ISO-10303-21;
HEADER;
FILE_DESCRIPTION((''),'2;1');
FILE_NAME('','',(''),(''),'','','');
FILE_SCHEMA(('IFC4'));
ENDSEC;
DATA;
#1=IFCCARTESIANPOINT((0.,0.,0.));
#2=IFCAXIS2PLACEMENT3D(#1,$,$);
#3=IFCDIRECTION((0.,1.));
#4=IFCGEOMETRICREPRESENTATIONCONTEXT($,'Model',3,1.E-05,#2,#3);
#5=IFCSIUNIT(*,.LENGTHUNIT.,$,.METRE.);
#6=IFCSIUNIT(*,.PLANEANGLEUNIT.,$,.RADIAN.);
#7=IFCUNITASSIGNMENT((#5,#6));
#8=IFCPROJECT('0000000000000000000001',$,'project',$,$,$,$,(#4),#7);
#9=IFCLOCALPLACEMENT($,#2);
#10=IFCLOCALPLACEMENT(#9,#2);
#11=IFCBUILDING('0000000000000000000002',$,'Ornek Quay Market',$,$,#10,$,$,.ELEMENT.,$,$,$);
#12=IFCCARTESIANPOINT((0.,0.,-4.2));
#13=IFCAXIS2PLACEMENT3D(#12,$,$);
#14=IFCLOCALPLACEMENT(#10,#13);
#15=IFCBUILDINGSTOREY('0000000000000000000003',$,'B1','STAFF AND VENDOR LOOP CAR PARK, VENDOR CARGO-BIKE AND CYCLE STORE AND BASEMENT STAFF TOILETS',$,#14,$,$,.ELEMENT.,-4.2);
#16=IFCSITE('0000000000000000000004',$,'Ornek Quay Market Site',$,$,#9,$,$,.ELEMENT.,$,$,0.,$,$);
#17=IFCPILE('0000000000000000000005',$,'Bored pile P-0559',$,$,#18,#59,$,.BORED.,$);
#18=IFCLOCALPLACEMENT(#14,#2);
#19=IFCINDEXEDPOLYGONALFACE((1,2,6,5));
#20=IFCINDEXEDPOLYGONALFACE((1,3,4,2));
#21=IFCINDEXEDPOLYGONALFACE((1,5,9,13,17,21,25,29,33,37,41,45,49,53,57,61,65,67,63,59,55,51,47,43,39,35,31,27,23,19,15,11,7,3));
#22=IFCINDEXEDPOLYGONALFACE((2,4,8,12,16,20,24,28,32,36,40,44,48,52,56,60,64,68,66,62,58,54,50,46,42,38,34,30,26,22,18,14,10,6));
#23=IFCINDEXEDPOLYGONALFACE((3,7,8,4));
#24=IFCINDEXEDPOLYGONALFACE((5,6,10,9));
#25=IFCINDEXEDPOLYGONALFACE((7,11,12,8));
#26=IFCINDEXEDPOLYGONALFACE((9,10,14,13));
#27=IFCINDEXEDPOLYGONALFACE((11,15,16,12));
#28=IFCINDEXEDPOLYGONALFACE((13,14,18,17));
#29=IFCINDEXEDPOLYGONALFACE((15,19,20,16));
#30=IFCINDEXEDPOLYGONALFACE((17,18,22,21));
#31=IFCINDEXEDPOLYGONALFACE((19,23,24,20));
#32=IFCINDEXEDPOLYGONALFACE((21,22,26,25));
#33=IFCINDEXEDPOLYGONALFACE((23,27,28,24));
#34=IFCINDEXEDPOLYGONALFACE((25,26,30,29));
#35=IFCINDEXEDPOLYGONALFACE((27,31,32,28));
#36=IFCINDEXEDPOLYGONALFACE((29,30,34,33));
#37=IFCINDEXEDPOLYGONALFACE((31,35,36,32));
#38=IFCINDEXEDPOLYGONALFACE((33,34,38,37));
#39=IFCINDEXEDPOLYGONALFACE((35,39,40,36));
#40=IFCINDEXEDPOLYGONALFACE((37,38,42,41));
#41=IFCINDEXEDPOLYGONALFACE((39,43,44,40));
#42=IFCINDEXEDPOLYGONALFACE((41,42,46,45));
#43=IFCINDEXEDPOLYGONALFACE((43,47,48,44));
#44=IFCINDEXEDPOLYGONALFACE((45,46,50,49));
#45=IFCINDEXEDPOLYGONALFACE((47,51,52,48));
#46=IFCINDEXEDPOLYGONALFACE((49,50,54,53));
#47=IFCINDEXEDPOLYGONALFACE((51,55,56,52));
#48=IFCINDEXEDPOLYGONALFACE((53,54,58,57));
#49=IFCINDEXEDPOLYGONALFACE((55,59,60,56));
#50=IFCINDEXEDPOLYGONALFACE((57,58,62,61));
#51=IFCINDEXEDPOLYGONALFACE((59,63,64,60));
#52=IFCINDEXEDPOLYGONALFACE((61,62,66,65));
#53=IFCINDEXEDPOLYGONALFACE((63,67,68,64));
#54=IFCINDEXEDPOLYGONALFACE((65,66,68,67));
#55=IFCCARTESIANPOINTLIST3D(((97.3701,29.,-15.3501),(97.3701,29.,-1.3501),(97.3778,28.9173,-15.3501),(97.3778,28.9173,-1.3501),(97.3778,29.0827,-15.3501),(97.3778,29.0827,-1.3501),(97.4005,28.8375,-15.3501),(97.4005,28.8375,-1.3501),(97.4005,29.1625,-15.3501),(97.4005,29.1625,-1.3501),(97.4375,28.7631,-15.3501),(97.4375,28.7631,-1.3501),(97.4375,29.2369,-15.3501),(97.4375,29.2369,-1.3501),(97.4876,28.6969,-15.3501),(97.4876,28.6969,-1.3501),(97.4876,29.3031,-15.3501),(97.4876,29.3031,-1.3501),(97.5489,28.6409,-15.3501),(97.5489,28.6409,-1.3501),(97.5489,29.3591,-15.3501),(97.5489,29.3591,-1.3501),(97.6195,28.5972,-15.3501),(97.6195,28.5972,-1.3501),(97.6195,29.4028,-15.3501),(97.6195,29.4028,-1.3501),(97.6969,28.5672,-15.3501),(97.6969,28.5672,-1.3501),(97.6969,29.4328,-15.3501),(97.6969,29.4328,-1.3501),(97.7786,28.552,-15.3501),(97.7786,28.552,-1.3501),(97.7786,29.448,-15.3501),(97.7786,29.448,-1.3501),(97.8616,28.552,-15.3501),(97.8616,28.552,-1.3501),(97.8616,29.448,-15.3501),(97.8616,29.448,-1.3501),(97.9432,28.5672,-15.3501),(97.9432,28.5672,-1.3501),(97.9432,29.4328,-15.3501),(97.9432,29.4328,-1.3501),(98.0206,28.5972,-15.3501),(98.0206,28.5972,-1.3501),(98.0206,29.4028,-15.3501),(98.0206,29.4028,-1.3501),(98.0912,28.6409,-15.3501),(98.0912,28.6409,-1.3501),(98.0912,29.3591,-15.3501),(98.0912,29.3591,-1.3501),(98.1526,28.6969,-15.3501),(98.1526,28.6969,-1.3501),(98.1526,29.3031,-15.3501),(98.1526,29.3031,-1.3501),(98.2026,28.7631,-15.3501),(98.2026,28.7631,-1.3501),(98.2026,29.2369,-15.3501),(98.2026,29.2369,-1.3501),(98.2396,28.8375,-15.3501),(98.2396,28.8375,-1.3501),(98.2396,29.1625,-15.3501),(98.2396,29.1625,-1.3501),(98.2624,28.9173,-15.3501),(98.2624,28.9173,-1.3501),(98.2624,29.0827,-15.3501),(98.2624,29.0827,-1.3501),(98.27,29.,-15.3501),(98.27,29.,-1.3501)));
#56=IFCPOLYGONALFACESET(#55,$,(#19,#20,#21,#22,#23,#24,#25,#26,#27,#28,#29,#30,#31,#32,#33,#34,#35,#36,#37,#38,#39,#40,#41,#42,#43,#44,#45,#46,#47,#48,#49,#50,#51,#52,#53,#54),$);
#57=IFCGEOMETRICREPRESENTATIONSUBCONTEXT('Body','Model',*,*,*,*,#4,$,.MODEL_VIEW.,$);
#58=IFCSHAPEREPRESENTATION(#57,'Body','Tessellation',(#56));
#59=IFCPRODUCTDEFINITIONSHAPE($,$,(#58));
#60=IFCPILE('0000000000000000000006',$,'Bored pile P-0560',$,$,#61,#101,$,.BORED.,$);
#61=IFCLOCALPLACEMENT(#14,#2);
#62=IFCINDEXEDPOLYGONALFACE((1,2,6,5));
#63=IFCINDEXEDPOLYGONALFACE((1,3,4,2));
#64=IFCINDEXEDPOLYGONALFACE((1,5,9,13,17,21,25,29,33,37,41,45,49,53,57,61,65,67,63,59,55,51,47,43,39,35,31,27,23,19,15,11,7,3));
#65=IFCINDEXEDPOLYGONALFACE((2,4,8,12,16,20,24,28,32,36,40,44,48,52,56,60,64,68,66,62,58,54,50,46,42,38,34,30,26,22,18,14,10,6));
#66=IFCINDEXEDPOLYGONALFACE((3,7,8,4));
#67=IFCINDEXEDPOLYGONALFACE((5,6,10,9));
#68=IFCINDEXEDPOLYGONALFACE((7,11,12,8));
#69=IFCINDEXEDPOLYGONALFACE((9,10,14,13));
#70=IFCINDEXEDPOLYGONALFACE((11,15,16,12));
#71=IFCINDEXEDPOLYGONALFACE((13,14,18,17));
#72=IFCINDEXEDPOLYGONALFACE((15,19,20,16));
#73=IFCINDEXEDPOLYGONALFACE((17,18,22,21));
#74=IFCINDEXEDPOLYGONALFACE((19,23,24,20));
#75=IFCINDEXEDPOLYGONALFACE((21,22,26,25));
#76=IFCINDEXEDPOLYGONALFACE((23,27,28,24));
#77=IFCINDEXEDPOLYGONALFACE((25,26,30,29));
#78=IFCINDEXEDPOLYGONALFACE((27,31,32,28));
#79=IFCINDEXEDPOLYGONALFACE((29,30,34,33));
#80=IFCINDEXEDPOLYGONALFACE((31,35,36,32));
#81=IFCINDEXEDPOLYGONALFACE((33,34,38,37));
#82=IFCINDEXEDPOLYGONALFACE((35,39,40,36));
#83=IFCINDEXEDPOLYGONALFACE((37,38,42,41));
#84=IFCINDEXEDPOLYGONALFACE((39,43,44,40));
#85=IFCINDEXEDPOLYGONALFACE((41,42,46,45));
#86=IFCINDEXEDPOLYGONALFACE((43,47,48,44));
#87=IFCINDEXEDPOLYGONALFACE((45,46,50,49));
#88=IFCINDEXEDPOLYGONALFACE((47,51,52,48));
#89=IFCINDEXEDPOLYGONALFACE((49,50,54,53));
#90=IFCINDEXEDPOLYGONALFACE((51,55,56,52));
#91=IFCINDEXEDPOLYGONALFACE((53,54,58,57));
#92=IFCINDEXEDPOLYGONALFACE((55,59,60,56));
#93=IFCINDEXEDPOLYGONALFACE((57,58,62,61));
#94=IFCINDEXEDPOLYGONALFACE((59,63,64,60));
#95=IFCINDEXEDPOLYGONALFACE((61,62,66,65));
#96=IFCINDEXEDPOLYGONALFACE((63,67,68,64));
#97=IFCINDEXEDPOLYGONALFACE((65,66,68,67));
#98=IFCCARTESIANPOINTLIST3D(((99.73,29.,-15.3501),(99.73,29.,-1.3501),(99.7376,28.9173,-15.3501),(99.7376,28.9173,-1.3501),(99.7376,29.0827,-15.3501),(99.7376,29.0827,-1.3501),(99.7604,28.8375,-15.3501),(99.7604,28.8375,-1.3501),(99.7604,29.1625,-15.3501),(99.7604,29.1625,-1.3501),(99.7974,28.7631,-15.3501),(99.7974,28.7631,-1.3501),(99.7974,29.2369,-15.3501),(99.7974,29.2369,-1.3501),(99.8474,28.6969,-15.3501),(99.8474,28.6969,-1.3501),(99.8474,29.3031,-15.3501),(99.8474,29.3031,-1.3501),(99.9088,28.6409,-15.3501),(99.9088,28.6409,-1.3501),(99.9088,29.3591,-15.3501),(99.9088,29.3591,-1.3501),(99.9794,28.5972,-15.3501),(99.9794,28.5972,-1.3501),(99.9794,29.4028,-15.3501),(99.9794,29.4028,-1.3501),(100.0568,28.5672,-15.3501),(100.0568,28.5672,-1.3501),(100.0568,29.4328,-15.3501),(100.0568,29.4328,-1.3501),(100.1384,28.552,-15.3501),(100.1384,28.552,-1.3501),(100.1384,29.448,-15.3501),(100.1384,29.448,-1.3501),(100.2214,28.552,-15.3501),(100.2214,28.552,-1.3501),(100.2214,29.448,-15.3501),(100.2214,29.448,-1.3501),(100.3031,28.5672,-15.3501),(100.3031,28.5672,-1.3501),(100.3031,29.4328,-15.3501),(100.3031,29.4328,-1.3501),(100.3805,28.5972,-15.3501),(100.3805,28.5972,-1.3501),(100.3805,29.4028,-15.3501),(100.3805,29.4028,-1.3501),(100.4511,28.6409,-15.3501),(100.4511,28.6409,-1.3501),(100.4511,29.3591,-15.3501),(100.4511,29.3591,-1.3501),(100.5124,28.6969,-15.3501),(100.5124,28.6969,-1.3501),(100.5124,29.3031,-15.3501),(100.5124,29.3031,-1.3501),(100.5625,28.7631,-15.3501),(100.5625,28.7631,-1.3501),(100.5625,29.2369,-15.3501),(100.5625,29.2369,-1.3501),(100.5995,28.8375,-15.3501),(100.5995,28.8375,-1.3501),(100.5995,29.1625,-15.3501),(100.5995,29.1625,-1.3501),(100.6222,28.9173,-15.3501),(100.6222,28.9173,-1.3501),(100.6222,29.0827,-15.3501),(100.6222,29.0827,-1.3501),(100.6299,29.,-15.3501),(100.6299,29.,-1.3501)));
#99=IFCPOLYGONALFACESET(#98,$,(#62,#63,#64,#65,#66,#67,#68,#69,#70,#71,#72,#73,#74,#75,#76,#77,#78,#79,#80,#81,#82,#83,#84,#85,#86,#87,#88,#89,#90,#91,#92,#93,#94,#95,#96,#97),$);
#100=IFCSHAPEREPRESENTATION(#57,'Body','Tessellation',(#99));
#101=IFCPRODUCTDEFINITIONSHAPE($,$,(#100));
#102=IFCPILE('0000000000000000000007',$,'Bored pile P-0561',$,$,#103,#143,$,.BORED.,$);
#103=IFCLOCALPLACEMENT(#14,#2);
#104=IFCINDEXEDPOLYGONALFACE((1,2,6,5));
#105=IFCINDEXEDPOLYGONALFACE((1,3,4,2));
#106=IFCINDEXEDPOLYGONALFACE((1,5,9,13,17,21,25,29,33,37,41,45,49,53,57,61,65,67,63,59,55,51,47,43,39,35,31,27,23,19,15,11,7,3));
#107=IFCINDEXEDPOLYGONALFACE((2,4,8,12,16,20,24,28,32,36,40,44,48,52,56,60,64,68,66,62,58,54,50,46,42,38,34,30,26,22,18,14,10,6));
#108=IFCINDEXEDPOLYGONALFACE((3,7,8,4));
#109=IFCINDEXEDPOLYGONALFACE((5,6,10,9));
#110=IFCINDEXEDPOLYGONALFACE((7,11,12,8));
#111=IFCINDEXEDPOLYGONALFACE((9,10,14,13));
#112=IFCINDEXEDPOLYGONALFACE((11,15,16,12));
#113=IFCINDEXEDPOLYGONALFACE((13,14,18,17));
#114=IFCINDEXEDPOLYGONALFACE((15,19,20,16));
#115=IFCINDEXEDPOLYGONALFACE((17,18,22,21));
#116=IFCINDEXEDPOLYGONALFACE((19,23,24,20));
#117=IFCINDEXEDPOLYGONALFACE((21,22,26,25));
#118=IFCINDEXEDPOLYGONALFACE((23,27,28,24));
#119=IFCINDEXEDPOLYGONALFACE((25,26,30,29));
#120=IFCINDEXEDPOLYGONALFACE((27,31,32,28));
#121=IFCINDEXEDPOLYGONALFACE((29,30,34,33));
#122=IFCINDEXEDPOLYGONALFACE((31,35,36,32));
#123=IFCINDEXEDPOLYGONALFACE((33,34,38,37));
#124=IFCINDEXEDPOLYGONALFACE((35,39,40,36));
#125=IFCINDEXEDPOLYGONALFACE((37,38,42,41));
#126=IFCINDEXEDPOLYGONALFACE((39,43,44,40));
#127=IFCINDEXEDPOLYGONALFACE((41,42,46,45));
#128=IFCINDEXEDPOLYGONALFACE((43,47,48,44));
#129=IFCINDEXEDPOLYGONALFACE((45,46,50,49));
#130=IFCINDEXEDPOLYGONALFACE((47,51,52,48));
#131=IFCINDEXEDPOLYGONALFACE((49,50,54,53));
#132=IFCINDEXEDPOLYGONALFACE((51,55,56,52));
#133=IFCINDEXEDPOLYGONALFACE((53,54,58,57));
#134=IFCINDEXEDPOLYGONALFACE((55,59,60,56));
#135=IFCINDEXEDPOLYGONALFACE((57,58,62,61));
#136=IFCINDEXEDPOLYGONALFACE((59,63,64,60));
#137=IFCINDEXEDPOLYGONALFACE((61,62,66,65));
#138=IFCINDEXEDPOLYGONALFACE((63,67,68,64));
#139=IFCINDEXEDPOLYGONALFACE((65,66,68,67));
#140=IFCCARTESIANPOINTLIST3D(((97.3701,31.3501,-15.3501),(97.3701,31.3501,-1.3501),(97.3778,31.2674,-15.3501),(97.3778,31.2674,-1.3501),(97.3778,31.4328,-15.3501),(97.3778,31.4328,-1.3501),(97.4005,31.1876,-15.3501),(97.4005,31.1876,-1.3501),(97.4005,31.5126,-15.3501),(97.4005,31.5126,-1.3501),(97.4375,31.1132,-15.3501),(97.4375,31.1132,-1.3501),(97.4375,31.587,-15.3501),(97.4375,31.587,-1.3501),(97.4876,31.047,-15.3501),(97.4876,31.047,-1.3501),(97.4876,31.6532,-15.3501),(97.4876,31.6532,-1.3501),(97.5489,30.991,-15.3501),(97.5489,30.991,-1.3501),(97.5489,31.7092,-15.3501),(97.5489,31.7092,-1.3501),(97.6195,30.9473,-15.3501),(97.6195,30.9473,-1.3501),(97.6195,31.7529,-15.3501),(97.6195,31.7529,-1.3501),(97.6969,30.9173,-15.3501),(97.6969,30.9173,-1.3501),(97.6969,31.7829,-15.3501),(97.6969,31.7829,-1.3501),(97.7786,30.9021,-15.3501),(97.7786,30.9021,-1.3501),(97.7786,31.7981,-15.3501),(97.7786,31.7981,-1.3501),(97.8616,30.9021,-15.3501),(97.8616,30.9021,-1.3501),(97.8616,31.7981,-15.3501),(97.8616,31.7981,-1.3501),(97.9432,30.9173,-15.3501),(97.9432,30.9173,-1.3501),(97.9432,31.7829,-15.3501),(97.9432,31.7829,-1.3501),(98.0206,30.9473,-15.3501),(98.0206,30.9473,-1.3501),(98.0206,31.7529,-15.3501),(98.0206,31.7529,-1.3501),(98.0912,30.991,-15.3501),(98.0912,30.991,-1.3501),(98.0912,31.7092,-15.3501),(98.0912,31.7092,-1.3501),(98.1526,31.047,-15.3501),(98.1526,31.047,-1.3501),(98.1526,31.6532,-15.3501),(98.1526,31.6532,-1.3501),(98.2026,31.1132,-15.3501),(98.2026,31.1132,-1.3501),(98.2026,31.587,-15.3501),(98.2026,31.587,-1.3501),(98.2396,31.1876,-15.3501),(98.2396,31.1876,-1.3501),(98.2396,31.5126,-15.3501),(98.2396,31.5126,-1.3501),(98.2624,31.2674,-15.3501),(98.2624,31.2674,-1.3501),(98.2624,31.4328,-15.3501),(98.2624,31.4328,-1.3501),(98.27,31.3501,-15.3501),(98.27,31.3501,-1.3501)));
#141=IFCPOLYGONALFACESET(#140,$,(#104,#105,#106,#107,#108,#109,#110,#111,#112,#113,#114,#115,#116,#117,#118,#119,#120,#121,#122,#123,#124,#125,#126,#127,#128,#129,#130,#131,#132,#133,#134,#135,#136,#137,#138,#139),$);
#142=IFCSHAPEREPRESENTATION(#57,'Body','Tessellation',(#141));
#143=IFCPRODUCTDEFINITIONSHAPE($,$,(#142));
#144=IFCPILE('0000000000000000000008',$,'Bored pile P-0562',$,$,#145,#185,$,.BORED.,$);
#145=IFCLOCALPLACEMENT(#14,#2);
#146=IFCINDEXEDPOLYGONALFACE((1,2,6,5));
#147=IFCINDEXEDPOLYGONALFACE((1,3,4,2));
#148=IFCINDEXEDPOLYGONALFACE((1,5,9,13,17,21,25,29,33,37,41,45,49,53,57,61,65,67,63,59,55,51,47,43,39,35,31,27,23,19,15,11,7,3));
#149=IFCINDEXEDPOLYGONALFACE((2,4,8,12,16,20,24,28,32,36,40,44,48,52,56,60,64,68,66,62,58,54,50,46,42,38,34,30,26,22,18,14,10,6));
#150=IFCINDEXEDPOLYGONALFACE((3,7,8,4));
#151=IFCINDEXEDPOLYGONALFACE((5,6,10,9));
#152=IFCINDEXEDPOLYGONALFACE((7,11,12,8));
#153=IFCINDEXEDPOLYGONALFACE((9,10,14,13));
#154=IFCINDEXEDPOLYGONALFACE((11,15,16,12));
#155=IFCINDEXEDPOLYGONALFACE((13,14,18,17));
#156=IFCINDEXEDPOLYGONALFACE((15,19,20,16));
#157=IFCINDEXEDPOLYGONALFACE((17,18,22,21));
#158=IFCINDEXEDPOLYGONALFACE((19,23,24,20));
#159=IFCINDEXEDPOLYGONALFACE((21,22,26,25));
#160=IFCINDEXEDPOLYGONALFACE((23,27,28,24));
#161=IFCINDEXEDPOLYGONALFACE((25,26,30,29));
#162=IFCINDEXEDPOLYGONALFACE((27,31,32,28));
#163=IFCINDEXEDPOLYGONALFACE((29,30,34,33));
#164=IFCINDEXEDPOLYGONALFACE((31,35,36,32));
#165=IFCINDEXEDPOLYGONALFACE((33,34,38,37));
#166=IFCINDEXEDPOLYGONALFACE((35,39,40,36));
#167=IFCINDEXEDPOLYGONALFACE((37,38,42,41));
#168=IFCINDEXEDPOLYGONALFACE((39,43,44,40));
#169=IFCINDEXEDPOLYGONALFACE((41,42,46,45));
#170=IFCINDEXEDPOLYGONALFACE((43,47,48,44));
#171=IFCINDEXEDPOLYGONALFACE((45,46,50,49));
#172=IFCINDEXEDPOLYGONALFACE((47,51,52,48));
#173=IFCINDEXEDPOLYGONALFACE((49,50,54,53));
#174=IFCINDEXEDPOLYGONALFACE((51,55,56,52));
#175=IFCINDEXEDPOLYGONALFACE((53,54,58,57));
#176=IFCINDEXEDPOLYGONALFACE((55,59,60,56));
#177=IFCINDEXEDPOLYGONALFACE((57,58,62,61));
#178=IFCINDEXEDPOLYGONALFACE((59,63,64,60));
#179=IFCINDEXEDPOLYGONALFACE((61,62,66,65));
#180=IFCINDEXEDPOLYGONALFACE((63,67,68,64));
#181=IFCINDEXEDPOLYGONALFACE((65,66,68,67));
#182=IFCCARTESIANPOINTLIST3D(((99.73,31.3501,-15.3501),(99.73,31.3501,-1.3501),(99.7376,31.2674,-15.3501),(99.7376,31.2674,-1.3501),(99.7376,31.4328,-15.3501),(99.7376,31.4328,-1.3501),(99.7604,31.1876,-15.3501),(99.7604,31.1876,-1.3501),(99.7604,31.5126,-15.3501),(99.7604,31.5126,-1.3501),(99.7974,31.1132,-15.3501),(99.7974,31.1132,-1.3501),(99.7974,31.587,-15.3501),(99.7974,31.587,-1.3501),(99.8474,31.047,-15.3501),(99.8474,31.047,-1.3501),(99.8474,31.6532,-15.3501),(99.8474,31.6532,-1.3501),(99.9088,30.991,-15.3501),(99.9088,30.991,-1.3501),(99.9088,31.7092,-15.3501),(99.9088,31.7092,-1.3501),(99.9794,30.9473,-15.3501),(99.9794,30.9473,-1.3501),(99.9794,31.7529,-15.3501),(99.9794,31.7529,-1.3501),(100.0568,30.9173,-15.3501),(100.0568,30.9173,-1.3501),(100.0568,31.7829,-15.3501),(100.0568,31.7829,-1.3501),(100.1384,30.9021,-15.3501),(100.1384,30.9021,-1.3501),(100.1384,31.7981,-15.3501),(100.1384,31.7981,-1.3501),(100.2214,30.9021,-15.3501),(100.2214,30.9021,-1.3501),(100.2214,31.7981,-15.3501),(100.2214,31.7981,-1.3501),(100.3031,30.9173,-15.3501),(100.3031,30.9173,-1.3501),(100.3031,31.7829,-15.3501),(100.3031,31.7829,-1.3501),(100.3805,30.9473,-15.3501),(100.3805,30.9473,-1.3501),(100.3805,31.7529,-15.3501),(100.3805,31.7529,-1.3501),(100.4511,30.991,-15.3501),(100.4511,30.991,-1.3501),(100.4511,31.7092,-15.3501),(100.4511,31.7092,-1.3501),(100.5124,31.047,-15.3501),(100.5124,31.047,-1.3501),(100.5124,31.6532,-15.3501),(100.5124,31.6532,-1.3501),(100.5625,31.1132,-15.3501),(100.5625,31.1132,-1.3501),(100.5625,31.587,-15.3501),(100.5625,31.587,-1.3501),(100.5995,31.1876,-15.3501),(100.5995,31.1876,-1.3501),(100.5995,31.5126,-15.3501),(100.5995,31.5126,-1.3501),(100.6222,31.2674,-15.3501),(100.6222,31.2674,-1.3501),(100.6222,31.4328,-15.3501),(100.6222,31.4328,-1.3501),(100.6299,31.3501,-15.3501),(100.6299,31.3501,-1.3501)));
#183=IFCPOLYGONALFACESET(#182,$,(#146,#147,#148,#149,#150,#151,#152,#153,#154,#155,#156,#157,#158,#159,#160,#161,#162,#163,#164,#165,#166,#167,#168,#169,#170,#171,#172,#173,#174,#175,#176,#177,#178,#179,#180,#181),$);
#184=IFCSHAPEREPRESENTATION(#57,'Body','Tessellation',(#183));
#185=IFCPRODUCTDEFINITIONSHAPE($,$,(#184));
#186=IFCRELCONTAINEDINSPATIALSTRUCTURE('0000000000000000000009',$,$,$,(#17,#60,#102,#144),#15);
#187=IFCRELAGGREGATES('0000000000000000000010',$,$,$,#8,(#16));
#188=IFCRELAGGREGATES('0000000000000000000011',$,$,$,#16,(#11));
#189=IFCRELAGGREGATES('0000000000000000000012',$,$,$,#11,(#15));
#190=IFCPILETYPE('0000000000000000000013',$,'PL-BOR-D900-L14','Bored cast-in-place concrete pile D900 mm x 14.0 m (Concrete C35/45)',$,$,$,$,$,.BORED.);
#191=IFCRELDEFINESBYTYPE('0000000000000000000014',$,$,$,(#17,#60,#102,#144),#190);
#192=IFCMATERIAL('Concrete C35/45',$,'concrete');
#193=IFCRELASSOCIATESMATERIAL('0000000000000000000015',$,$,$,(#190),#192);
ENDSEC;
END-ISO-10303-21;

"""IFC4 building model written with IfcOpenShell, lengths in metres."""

from ifc_helpers import new_model, si_unit, direction, frame, origin, origin_2d, place, context, subcontext, project, spatial, circle, extrude, material, material_profile, profile_set, type_object, element, save


model = new_model("IFC4")

# Units and contexts
model_context = context("Model", 3, precision=1e-05, world=origin(), true_north=direction((0.0, 1.0)))
body_context = subcontext(model_context, "Body", "Model", "MODEL_VIEW")
ifc_project = project(units=[si_unit("LENGTHUNIT", "METRE"), si_unit("PLANEANGLEUNIT", "RADIAN")], contexts=[model_context])

# Site, building, storey
site_placement = place(None, origin())
site = spatial("IfcSite", under=ifc_project, at=site_placement, Name="Ornek Quay Market Site", CompositionType="ELEMENT", RefElevation=0.0)
building_placement = place(site_placement, origin())
building = spatial("IfcBuilding", under=site, at=building_placement, Name="Ornek Quay Market", CompositionType="ELEMENT")
storey_placement = place(building_placement, frame((0.0, 0.0, -4.2)))
storey = spatial("IfcBuildingStorey", under=building, at=storey_placement, Name="B1", Description="STAFF AND VENDOR LOOP CAR PARK, VENDOR CARGO-BIKE AND CYCLE STORE AND BASEMENT STAFF TOILETS", CompositionType="ELEMENT", Elevation=-4.2)

# Piles
ifc_material_1 = material(Name="Concrete C35/45", Category="concrete")
ifc_material_profile_1 = material_profile(ifc_material_1, circle(Radius=0.45, at=origin_2d()), Name="PILE D900", Category="concrete")
ifc_profile_set_1 = profile_set([ifc_material_profile_1], Name="Concrete C35/45")
pile_type_1 = type_object("IfcPileType", Name="PL-BOR-D900-L14", Description="Bored cast-in-place concrete pile D900 mm x 14.0 m (Concrete C35/45)", PredefinedType="BORED", material=ifc_profile_set_1)
for number, where, z_axis, x_axis, name in (
    (1, (97.8201, 29.0, -1.3501), (0.0, 0.0, -1.0), (1.0, 0.0, 0.0), "Bored pile P-0559"),
    (2, (100.1799, 29.0, -1.3501), (0.0, 0.0, -1.0), (1.0, 0.0, 0.0), "Bored pile P-0560"),
    (3, (97.8201, 31.3501, -1.3501), (0.0, 0.0, -1.0), (1.0, 0.0, 0.0), "Bored pile P-0561"),
    (4, (100.1799, 31.3501, -1.3501), (0.0, 0.0, -1.0), (1.0, 0.0, 0.0), "Bored pile P-0562"),
):
    element("IfcPile", number, at=place(storey_placement, frame(where, z_axis=z_axis, x_axis=x_axis)), inside=storey, type_object=pile_type_1, Name=name, PredefinedType="BORED", context=body_context, shape_type="SweptSolid", body=[
        extrude(circle(Radius=0.45, at=origin_2d()), origin(), (0.0, 0.0, 1.0), 14.0),
    ])

save(model, "model.ifc")
